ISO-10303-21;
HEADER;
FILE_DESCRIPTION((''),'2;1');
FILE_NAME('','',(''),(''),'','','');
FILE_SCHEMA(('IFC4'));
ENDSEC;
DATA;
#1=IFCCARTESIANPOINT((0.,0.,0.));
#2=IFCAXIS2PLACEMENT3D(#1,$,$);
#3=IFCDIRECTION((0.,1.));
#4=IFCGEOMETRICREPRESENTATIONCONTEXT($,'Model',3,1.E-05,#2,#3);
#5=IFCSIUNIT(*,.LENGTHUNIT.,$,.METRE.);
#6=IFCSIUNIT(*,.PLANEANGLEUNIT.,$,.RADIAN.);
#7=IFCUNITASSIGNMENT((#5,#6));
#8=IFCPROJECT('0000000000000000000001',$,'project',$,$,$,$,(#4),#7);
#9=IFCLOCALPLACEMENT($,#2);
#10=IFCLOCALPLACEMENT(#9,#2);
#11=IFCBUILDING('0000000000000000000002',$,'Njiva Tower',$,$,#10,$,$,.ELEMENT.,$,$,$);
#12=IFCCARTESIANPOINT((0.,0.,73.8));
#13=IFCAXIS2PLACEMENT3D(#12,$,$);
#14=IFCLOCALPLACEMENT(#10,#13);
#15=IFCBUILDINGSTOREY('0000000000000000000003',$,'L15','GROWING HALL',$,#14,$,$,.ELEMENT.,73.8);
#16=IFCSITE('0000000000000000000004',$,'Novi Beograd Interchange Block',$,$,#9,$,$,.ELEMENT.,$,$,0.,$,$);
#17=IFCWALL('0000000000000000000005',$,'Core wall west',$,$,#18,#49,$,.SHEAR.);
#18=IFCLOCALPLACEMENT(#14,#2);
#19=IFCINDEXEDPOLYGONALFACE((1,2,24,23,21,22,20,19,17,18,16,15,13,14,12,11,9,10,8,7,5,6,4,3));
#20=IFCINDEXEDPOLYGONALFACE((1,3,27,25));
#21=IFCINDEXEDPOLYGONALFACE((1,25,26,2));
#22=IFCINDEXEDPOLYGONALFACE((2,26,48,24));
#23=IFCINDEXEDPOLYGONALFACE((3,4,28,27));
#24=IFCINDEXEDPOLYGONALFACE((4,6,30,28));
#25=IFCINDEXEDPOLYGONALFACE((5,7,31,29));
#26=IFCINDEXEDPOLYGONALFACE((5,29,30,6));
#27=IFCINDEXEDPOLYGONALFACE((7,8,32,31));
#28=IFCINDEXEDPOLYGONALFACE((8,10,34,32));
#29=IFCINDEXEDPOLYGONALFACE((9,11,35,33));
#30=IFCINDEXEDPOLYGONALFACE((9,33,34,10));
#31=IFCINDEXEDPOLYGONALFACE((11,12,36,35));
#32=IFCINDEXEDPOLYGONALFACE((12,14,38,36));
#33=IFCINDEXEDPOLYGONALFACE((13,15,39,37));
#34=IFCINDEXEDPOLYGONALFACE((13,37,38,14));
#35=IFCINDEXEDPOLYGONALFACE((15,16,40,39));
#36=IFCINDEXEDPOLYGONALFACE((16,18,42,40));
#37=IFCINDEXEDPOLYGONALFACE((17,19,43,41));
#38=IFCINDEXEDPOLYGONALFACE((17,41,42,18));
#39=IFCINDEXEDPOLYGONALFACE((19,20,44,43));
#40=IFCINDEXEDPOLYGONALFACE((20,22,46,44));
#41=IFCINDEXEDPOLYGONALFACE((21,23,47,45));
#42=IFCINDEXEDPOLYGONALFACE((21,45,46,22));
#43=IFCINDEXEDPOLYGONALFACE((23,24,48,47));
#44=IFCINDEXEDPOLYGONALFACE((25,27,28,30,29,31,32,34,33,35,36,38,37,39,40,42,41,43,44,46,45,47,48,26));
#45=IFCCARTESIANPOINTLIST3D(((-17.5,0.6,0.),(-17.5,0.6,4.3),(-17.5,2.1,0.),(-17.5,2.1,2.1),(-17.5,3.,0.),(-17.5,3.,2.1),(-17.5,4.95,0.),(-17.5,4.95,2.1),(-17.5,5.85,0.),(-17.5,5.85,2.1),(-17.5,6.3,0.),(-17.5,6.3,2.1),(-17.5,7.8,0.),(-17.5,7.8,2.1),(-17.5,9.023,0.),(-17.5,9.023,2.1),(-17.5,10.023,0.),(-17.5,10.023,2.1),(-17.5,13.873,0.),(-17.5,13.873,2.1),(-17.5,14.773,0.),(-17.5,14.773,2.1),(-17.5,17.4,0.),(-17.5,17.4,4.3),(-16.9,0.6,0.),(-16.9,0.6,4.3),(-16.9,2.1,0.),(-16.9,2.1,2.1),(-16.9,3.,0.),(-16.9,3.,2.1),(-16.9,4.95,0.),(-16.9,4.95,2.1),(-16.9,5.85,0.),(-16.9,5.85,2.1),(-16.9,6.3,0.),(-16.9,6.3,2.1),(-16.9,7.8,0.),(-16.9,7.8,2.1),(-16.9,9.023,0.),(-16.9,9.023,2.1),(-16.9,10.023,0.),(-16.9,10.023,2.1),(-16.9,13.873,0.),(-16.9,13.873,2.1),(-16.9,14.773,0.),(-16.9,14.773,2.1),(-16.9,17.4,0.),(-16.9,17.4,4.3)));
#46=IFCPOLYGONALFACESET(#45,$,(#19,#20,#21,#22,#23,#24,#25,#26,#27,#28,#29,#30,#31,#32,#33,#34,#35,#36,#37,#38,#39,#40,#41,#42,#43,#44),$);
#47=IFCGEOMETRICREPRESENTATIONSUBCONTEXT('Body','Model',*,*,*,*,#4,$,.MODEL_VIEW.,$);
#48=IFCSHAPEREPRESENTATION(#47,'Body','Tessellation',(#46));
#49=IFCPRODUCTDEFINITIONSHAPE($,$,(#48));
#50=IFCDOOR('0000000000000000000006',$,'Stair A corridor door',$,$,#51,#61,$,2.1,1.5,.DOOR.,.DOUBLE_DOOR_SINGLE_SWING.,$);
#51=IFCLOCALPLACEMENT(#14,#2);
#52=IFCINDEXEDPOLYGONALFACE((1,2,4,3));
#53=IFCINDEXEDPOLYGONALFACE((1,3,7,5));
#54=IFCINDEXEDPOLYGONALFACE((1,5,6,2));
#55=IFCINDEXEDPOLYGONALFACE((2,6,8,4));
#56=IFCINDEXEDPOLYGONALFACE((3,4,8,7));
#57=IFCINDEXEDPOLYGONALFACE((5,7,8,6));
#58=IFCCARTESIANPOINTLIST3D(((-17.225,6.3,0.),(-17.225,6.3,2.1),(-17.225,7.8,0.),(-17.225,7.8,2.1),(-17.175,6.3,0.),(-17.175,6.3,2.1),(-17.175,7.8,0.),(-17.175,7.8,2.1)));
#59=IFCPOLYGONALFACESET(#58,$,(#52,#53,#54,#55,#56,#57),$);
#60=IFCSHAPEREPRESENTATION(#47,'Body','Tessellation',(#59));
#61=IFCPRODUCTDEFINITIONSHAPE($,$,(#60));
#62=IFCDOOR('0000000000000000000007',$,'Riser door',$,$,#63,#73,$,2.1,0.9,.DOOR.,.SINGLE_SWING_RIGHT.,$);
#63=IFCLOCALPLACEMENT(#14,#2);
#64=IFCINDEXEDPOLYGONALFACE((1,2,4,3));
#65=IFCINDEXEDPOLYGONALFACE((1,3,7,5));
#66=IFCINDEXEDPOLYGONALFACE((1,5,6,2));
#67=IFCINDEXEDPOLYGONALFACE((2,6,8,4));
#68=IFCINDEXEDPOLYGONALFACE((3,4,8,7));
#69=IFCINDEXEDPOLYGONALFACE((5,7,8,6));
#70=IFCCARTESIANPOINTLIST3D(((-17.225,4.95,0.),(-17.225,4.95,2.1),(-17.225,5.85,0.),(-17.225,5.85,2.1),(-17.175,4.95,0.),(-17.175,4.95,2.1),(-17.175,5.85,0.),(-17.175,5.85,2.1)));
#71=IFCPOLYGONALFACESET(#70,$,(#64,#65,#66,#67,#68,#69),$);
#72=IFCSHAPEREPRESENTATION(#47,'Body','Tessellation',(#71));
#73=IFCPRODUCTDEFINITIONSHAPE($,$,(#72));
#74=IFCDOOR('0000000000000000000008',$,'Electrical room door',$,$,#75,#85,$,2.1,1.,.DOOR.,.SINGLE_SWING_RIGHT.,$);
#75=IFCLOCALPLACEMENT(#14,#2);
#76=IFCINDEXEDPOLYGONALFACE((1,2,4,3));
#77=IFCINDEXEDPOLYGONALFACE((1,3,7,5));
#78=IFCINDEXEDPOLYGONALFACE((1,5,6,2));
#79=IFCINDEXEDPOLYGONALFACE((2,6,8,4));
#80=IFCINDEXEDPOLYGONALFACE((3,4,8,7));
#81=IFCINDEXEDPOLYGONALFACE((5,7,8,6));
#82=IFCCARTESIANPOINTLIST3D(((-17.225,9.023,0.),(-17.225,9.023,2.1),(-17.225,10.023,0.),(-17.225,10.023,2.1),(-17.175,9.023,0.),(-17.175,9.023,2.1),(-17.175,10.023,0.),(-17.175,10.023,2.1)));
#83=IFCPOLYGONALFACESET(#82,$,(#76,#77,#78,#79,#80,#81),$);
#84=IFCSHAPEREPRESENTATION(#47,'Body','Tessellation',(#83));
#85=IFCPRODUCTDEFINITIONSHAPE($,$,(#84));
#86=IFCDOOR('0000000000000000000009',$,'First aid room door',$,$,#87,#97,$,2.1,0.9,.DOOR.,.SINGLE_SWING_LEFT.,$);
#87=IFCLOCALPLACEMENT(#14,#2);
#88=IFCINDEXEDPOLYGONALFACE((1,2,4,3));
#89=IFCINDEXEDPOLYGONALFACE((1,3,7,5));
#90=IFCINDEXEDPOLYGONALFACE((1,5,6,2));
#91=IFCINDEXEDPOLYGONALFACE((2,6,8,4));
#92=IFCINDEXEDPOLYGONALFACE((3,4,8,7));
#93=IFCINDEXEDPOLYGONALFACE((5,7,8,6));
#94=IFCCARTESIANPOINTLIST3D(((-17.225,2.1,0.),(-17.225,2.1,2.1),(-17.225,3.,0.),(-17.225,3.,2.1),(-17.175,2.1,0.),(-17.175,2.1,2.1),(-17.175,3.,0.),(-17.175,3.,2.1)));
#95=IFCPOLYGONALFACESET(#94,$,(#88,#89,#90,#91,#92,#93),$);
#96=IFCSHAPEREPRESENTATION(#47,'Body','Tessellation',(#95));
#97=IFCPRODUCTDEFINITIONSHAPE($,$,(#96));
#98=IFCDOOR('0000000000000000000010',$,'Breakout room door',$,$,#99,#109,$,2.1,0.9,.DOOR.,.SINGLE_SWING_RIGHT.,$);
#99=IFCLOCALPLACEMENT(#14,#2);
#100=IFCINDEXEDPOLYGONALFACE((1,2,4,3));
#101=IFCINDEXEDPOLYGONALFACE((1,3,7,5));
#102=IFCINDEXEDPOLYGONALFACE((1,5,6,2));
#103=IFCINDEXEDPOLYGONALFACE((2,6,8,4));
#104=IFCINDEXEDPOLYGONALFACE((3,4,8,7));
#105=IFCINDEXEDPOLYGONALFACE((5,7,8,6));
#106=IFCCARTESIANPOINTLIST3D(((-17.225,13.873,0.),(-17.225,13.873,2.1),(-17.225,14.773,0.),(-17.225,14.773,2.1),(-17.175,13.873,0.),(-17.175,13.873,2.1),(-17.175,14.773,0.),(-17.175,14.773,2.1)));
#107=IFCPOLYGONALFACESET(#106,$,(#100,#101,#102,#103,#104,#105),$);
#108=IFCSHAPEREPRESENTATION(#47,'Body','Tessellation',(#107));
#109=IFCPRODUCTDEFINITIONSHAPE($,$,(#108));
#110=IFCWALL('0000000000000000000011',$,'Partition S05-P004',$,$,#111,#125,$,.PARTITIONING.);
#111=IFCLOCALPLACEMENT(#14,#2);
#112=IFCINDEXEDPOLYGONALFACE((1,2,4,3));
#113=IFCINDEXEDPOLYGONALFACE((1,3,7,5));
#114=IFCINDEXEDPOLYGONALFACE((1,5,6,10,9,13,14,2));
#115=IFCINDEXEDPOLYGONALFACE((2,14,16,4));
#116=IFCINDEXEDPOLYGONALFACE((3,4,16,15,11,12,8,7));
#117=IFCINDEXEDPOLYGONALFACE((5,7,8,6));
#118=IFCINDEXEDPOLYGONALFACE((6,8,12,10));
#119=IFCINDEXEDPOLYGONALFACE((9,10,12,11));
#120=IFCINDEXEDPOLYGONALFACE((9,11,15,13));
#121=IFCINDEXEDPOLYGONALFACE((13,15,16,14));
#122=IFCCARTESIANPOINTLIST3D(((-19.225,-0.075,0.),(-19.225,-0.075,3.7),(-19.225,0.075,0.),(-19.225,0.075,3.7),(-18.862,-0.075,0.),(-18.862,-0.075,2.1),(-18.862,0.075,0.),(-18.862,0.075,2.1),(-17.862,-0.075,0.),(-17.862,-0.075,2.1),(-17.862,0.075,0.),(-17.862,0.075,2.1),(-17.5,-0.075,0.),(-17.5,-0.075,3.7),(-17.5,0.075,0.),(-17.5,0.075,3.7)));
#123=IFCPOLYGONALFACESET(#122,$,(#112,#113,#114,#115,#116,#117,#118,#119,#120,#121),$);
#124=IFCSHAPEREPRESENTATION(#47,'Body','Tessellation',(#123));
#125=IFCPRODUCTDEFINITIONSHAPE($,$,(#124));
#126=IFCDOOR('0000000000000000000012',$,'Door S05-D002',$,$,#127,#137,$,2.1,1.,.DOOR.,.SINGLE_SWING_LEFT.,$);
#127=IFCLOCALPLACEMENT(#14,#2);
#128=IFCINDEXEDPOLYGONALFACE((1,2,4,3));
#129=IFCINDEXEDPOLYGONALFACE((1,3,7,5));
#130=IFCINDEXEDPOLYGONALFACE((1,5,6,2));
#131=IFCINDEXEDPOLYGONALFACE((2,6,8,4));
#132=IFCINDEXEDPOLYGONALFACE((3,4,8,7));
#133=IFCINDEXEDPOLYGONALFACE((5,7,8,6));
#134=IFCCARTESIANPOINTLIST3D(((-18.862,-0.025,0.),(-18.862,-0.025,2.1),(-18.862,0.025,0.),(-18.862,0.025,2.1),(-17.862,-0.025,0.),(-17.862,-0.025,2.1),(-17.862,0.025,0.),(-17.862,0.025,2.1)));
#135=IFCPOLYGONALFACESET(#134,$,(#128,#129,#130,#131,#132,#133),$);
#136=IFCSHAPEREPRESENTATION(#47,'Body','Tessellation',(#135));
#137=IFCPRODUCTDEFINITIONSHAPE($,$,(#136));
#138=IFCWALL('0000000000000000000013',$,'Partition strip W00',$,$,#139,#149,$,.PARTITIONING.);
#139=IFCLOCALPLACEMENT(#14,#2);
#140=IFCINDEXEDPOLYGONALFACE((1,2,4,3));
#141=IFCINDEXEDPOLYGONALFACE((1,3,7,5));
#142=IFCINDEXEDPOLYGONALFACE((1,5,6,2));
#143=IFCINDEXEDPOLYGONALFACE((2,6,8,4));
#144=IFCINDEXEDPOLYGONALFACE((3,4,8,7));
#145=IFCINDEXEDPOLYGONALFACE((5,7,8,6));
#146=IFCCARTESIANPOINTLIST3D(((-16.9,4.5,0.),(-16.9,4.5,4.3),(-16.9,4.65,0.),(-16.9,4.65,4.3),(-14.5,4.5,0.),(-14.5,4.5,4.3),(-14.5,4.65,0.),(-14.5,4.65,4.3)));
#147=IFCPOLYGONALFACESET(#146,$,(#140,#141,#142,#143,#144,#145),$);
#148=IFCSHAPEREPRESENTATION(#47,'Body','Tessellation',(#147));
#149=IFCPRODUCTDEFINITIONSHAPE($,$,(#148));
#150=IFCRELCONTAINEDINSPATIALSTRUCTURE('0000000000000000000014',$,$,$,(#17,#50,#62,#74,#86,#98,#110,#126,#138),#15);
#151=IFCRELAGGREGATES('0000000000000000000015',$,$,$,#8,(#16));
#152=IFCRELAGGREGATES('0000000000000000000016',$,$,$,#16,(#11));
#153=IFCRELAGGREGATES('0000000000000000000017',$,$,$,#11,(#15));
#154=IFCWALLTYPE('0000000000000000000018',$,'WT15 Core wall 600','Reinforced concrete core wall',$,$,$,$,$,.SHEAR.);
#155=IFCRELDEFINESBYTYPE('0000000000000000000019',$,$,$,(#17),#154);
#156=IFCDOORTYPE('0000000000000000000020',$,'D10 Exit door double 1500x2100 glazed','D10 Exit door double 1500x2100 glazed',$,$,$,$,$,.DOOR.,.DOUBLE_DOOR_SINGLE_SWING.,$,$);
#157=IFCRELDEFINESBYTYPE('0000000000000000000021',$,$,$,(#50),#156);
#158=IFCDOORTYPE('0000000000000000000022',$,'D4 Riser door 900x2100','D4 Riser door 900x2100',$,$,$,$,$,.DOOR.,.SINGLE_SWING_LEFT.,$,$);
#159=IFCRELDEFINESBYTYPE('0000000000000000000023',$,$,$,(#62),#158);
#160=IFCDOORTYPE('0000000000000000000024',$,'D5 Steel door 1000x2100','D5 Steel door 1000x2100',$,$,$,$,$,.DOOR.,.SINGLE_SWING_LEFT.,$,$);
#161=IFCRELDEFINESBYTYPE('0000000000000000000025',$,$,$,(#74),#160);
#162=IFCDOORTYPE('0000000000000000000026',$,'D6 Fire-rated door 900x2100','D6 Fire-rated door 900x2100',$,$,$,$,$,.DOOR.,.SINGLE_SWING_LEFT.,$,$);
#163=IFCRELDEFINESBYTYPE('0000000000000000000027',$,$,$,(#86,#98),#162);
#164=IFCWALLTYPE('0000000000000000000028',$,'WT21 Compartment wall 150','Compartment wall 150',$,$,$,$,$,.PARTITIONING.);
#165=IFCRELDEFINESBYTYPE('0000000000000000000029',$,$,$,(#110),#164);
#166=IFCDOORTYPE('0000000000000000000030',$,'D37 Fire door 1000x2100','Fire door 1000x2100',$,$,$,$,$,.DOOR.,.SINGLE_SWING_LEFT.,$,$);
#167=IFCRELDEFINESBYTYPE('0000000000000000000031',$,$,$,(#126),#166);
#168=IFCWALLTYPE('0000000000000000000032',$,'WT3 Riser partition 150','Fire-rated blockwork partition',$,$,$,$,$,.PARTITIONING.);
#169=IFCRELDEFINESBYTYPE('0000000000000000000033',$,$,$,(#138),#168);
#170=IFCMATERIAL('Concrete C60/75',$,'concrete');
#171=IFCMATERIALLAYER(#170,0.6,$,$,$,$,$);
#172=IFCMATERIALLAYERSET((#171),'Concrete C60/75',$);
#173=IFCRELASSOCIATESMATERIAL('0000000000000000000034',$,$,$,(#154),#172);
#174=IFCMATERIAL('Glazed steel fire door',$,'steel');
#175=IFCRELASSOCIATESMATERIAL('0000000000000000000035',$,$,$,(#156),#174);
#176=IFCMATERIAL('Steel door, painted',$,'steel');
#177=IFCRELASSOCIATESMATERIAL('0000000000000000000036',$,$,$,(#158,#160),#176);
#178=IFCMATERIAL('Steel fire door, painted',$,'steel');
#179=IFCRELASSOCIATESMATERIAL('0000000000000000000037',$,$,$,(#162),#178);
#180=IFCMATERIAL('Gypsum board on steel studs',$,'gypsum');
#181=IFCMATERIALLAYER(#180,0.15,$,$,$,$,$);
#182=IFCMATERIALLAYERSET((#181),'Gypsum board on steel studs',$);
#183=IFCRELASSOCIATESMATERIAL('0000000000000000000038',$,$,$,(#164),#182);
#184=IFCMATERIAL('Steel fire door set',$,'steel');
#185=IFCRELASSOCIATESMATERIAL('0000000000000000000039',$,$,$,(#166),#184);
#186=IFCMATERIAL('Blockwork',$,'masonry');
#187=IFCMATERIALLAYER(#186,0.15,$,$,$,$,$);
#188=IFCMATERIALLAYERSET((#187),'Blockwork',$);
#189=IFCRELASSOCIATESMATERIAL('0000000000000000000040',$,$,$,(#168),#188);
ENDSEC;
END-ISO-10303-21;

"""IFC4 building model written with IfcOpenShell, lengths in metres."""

from ifc_helpers import new_model, si_unit, direction, frame, frame_2d, origin, place, context, subcontext, project, spatial, rectangle, extrude, material, layer, layer_set, type_object, element, fill, save


model = new_model("IFC4")

# Units and contexts
model_context = context("Model", 3, precision=1e-05, world=origin(), true_north=direction((0.0, 1.0)))
body_context = subcontext(model_context, "Body", "Model", "MODEL_VIEW")
ifc_project = project(units=[si_unit("LENGTHUNIT", "METRE"), si_unit("PLANEANGLEUNIT", "RADIAN")], contexts=[model_context])

# Site, building, storey
site_placement = place(None, origin())
site = spatial("IfcSite", under=ifc_project, at=site_placement, Name="Novi Beograd Interchange Block", CompositionType="ELEMENT", RefElevation=0.0)
building_placement = place(site_placement, origin())
building = spatial("IfcBuilding", under=site, at=building_placement, Name="Njiva Tower", CompositionType="ELEMENT")
storey_placement = place(building_placement, frame((0.0, 0.0, 73.8)))
storey = spatial("IfcBuildingStorey", under=building, at=storey_placement, Name="L15", Description="GROWING HALL", CompositionType="ELEMENT", Elevation=73.8)

# Wall, openings, doors
ifc_material_1 = material(Name="Concrete C60/75", Category="concrete")
ifc_layer_1 = layer(ifc_material_1, 0.6)
ifc_layer_set_1 = layer_set([ifc_layer_1], Name="Concrete C60/75")
wall_type_1 = type_object("IfcWallType", Name="WT15 Core wall 600", Description="Reinforced concrete core wall", PredefinedType="SHEAR", material=ifc_layer_set_1)
wall_1_placement = place(storey_placement, frame((-17.2, 0.6, 0.0), z_axis=(0.0, 0.0, 1.0), x_axis=(0.0, 1.0, 0.0)))
wall_1 = element("IfcWall", 1, at=wall_1_placement, inside=storey, type_object=wall_type_1, Name="Core wall west", PredefinedType="SHEAR", context=body_context, shape_type="SweptSolid", body=[
    extrude(rectangle(XDim=16.8, YDim=0.6, at=frame_2d((8.4, 0.0))), origin(), (0.0, 0.0, 1.0), 4.3),
])
opening_1_placement = place(wall_1_placement, frame((5.7, 0.0, 0.0)))
opening_1 = element("IfcOpeningElement", 2, at=opening_1_placement, cuts=wall_1, PredefinedType="OPENING", context=body_context, shape_type="SweptSolid", body=[
    extrude(rectangle(XDim=1.5, YDim=2.1, at=frame_2d((0.75, 1.05))), frame((0.0, 0.31, 0.0), z_axis=(0.0, -1.0, 0.0), x_axis=(1.0, 0.0, 0.0)), (0.0, 0.0, 1.0), 0.62),
])
opening_2_placement = place(wall_1_placement, frame((1.5, 0.0, 0.0)))
opening_2 = element("IfcOpeningElement", 3, at=opening_2_placement, cuts=wall_1, PredefinedType="OPENING", context=body_context, shape_type="SweptSolid", body=[
    extrude(rectangle(XDim=0.9, YDim=2.1, at=frame_2d((0.45, 1.05))), frame((0.0, 0.31, 0.0), z_axis=(0.0, -1.0, 0.0), x_axis=(1.0, 0.0, 0.0)), (0.0, 0.0, 1.0), 0.62),
])
opening_3_placement = place(wall_1_placement, frame((4.35, 0.0, 0.0)))
opening_3 = element("IfcOpeningElement", 4, at=opening_3_placement, cuts=wall_1, PredefinedType="OPENING", context=body_context, shape_type="SweptSolid", body=[
    extrude(rectangle(XDim=0.9, YDim=2.1, at=frame_2d((0.45, 1.05))), frame((0.0, 0.31, 0.0), z_axis=(0.0, -1.0, 0.0), x_axis=(1.0, 0.0, 0.0)), (0.0, 0.0, 1.0), 0.62),
])
opening_4_placement = place(wall_1_placement, frame((8.423, 0.0, 0.0)))
opening_4 = element("IfcOpeningElement", 5, at=opening_4_placement, cuts=wall_1, PredefinedType="OPENING", context=body_context, shape_type="SweptSolid", body=[
    extrude(rectangle(XDim=1.0, YDim=2.1, at=frame_2d((0.5, 1.05))), frame((0.0, 0.31, 0.0), z_axis=(0.0, -1.0, 0.0), x_axis=(1.0, 0.0, 0.0)), (0.0, 0.0, 1.0), 0.62),
])
opening_5_placement = place(wall_1_placement, frame((13.273, 0.0, 0.0)))
opening_5 = element("IfcOpeningElement", 6, at=opening_5_placement, cuts=wall_1, PredefinedType="OPENING", context=body_context, shape_type="SweptSolid", body=[
    extrude(rectangle(XDim=0.9, YDim=2.1, at=frame_2d((0.45, 1.05))), frame((0.0, 0.31, 0.0), z_axis=(0.0, -1.0, 0.0), x_axis=(1.0, 0.0, 0.0)), (0.0, 0.0, 1.0), 0.62),
])
ifc_material_2 = material(Name="Glazed steel fire door", Category="steel")
door_type_1 = type_object("IfcDoorType", Name="D10 Exit door double 1500x2100 glazed", Description="D10 Exit door double 1500x2100 glazed", OperationType="DOUBLE_DOOR_SINGLE_SWING", PredefinedType="DOOR", material=ifc_material_2)
door_1_placement = place(opening_1_placement, origin())
door_1 = element("IfcDoor", 7, at=door_1_placement, inside=storey, type_object=door_type_1, Name="Stair A corridor door", OperationType="DOUBLE_DOOR_SINGLE_SWING", OverallHeight=2.1, OverallWidth=1.5, PredefinedType="DOOR", context=body_context, shape_type="SweptSolid", body=[
    extrude(rectangle(XDim=1.5, YDim=2.1, at=frame_2d((0.75, 1.05))), frame((0.0, 0.025, 0.0), z_axis=(0.0, -1.0, 0.0), x_axis=(1.0, 0.0, 0.0)), (0.0, 0.0, 1.0), 0.05),
])
fill(opening_1, door_1)
ifc_material_3 = material(Name="Steel door, painted", Category="steel")
door_type_2 = type_object("IfcDoorType", Name="D4 Riser door 900x2100", Description="D4 Riser door 900x2100", OperationType="SINGLE_SWING_LEFT", PredefinedType="DOOR", material=ifc_material_3)
door_2_placement = place(opening_3_placement, origin())
door_2 = element("IfcDoor", 8, at=door_2_placement, inside=storey, type_object=door_type_2, Name="Riser door", OperationType="SINGLE_SWING_RIGHT", OverallHeight=2.1, OverallWidth=0.9, PredefinedType="DOOR", context=body_context, shape_type="SweptSolid", body=[
    extrude(rectangle(XDim=0.9, YDim=2.1, at=frame_2d((0.45, 1.05))), frame((0.0, 0.025, 0.0), z_axis=(0.0, -1.0, 0.0), x_axis=(1.0, 0.0, 0.0)), (0.0, 0.0, 1.0), 0.05),
])
fill(opening_3, door_2)
door_type_3 = type_object("IfcDoorType", Name="D5 Steel door 1000x2100", Description="D5 Steel door 1000x2100", OperationType="SINGLE_SWING_LEFT", PredefinedType="DOOR", material=ifc_material_3)
door_3_placement = place(opening_4_placement, origin())
door_3 = element("IfcDoor", 9, at=door_3_placement, inside=storey, type_object=door_type_3, Name="Electrical room door", OperationType="SINGLE_SWING_RIGHT", OverallHeight=2.1, OverallWidth=1.0, PredefinedType="DOOR", context=body_context, shape_type="SweptSolid", body=[
    extrude(rectangle(XDim=1.0, YDim=2.1, at=frame_2d((0.5, 1.05))), frame((0.0, 0.025, 0.0), z_axis=(0.0, -1.0, 0.0), x_axis=(1.0, 0.0, 0.0)), (0.0, 0.0, 1.0), 0.05),
])
fill(opening_4, door_3)
ifc_material_4 = material(Name="Steel fire door, painted", Category="steel")
door_type_4 = type_object("IfcDoorType", Name="D6 Fire-rated door 900x2100", Description="D6 Fire-rated door 900x2100", OperationType="SINGLE_SWING_LEFT", PredefinedType="DOOR", material=ifc_material_4)
door_4_placement = place(opening_2_placement, origin())
door_4 = element("IfcDoor", 10, at=door_4_placement, inside=storey, type_object=door_type_4, Name="First aid room door", OperationType="SINGLE_SWING_LEFT", OverallHeight=2.1, OverallWidth=0.9, PredefinedType="DOOR", context=body_context, shape_type="SweptSolid", body=[
    extrude(rectangle(XDim=0.9, YDim=2.1, at=frame_2d((0.45, 1.05))), frame((0.0, 0.025, 0.0), z_axis=(0.0, -1.0, 0.0), x_axis=(1.0, 0.0, 0.0)), (0.0, 0.0, 1.0), 0.05),
])
fill(opening_2, door_4)
door_5_placement = place(opening_5_placement, origin())
door_5 = element("IfcDoor", 11, at=door_5_placement, inside=storey, type_object=door_type_4, Name="Breakout room door", OperationType="SINGLE_SWING_RIGHT", OverallHeight=2.1, OverallWidth=0.9, PredefinedType="DOOR", context=body_context, shape_type="SweptSolid", body=[
    extrude(rectangle(XDim=0.9, YDim=2.1, at=frame_2d((0.45, 1.05))), frame((0.0, 0.025, 0.0), z_axis=(0.0, -1.0, 0.0), x_axis=(1.0, 0.0, 0.0)), (0.0, 0.0, 1.0), 0.05),
])
fill(opening_5, door_5)

# Wall, opening, door
ifc_material_5 = material(Name="Gypsum board on steel studs", Category="gypsum")
ifc_layer_2 = layer(ifc_material_5, 0.15)
ifc_layer_set_2 = layer_set([ifc_layer_2], Name="Gypsum board on steel studs")
wall_type_2 = type_object("IfcWallType", Name="WT21 Compartment wall 150", Description="Compartment wall 150", PredefinedType="PARTITIONING", material=ifc_layer_set_2)
wall_2_placement = place(storey_placement, frame((-19.225, 0.0, 0.0), z_axis=(0.0, 0.0, 1.0), x_axis=(1.0, 0.0, 0.0)))
wall_2 = element("IfcWall", 12, at=wall_2_placement, inside=storey, type_object=wall_type_2, Name="Partition S05-P004", PredefinedType="PARTITIONING", context=body_context, shape_type="SweptSolid", body=[
    extrude(rectangle(XDim=1.725, YDim=0.15, at=frame_2d((0.8625, 0.0))), origin(), (0.0, 0.0, 1.0), 3.7),
])
opening_6_placement = place(wall_2_placement, frame((0.363, 0.0, 0.0)))
opening_6 = element("IfcOpeningElement", 13, at=opening_6_placement, cuts=wall_2, PredefinedType="OPENING", context=body_context, shape_type="SweptSolid", body=[
    extrude(rectangle(XDim=1.0, YDim=2.1, at=frame_2d((0.5, 1.05))), frame((0.0, 0.085, 0.0), z_axis=(0.0, -1.0, 0.0), x_axis=(1.0, 0.0, 0.0)), (0.0, 0.0, 1.0), 0.17),
])
ifc_material_6 = material(Name="Steel fire door set", Category="steel")
door_type_5 = type_object("IfcDoorType", Name="D37 Fire door 1000x2100", Description="Fire door 1000x2100", OperationType="SINGLE_SWING_LEFT", PredefinedType="DOOR", material=ifc_material_6)
door_6_placement = place(opening_6_placement, origin())
door_6 = element("IfcDoor", 14, at=door_6_placement, inside=storey, type_object=door_type_5, Name="Door S05-D002", OperationType="SINGLE_SWING_LEFT", OverallHeight=2.1, OverallWidth=1.0, PredefinedType="DOOR", context=body_context, shape_type="SweptSolid", body=[
    extrude(rectangle(XDim=1.0, YDim=2.1, at=frame_2d((0.5, 1.05))), frame((0.0, 0.025, 0.0), z_axis=(0.0, -1.0, 0.0), x_axis=(1.0, 0.0, 0.0)), (0.0, 0.0, 1.0), 0.05),
])
fill(opening_6, door_6)

# Wall
ifc_material_7 = material(Name="Blockwork", Category="masonry")
ifc_layer_3 = layer(ifc_material_7, 0.15)
ifc_layer_set_3 = layer_set([ifc_layer_3], Name="Blockwork")
wall_type_3 = type_object("IfcWallType", Name="WT3 Riser partition 150", Description="Fire-rated blockwork partition", PredefinedType="PARTITIONING", material=ifc_layer_set_3)
wall_3_placement = place(storey_placement, frame((-16.9, 4.575, 0.0), z_axis=(0.0, 0.0, 1.0), x_axis=(1.0, 0.0, 0.0)))
element("IfcWall", 15, at=wall_3_placement, inside=storey, type_object=wall_type_3, Name="Partition strip W00", PredefinedType="PARTITIONING", context=body_context, shape_type="SweptSolid", body=[
    extrude(rectangle(XDim=2.4, YDim=0.15, at=frame_2d((1.2, 0.0))), origin(), (0.0, 0.0, 1.0), 4.3),
])

save(model, "model.ifc")
